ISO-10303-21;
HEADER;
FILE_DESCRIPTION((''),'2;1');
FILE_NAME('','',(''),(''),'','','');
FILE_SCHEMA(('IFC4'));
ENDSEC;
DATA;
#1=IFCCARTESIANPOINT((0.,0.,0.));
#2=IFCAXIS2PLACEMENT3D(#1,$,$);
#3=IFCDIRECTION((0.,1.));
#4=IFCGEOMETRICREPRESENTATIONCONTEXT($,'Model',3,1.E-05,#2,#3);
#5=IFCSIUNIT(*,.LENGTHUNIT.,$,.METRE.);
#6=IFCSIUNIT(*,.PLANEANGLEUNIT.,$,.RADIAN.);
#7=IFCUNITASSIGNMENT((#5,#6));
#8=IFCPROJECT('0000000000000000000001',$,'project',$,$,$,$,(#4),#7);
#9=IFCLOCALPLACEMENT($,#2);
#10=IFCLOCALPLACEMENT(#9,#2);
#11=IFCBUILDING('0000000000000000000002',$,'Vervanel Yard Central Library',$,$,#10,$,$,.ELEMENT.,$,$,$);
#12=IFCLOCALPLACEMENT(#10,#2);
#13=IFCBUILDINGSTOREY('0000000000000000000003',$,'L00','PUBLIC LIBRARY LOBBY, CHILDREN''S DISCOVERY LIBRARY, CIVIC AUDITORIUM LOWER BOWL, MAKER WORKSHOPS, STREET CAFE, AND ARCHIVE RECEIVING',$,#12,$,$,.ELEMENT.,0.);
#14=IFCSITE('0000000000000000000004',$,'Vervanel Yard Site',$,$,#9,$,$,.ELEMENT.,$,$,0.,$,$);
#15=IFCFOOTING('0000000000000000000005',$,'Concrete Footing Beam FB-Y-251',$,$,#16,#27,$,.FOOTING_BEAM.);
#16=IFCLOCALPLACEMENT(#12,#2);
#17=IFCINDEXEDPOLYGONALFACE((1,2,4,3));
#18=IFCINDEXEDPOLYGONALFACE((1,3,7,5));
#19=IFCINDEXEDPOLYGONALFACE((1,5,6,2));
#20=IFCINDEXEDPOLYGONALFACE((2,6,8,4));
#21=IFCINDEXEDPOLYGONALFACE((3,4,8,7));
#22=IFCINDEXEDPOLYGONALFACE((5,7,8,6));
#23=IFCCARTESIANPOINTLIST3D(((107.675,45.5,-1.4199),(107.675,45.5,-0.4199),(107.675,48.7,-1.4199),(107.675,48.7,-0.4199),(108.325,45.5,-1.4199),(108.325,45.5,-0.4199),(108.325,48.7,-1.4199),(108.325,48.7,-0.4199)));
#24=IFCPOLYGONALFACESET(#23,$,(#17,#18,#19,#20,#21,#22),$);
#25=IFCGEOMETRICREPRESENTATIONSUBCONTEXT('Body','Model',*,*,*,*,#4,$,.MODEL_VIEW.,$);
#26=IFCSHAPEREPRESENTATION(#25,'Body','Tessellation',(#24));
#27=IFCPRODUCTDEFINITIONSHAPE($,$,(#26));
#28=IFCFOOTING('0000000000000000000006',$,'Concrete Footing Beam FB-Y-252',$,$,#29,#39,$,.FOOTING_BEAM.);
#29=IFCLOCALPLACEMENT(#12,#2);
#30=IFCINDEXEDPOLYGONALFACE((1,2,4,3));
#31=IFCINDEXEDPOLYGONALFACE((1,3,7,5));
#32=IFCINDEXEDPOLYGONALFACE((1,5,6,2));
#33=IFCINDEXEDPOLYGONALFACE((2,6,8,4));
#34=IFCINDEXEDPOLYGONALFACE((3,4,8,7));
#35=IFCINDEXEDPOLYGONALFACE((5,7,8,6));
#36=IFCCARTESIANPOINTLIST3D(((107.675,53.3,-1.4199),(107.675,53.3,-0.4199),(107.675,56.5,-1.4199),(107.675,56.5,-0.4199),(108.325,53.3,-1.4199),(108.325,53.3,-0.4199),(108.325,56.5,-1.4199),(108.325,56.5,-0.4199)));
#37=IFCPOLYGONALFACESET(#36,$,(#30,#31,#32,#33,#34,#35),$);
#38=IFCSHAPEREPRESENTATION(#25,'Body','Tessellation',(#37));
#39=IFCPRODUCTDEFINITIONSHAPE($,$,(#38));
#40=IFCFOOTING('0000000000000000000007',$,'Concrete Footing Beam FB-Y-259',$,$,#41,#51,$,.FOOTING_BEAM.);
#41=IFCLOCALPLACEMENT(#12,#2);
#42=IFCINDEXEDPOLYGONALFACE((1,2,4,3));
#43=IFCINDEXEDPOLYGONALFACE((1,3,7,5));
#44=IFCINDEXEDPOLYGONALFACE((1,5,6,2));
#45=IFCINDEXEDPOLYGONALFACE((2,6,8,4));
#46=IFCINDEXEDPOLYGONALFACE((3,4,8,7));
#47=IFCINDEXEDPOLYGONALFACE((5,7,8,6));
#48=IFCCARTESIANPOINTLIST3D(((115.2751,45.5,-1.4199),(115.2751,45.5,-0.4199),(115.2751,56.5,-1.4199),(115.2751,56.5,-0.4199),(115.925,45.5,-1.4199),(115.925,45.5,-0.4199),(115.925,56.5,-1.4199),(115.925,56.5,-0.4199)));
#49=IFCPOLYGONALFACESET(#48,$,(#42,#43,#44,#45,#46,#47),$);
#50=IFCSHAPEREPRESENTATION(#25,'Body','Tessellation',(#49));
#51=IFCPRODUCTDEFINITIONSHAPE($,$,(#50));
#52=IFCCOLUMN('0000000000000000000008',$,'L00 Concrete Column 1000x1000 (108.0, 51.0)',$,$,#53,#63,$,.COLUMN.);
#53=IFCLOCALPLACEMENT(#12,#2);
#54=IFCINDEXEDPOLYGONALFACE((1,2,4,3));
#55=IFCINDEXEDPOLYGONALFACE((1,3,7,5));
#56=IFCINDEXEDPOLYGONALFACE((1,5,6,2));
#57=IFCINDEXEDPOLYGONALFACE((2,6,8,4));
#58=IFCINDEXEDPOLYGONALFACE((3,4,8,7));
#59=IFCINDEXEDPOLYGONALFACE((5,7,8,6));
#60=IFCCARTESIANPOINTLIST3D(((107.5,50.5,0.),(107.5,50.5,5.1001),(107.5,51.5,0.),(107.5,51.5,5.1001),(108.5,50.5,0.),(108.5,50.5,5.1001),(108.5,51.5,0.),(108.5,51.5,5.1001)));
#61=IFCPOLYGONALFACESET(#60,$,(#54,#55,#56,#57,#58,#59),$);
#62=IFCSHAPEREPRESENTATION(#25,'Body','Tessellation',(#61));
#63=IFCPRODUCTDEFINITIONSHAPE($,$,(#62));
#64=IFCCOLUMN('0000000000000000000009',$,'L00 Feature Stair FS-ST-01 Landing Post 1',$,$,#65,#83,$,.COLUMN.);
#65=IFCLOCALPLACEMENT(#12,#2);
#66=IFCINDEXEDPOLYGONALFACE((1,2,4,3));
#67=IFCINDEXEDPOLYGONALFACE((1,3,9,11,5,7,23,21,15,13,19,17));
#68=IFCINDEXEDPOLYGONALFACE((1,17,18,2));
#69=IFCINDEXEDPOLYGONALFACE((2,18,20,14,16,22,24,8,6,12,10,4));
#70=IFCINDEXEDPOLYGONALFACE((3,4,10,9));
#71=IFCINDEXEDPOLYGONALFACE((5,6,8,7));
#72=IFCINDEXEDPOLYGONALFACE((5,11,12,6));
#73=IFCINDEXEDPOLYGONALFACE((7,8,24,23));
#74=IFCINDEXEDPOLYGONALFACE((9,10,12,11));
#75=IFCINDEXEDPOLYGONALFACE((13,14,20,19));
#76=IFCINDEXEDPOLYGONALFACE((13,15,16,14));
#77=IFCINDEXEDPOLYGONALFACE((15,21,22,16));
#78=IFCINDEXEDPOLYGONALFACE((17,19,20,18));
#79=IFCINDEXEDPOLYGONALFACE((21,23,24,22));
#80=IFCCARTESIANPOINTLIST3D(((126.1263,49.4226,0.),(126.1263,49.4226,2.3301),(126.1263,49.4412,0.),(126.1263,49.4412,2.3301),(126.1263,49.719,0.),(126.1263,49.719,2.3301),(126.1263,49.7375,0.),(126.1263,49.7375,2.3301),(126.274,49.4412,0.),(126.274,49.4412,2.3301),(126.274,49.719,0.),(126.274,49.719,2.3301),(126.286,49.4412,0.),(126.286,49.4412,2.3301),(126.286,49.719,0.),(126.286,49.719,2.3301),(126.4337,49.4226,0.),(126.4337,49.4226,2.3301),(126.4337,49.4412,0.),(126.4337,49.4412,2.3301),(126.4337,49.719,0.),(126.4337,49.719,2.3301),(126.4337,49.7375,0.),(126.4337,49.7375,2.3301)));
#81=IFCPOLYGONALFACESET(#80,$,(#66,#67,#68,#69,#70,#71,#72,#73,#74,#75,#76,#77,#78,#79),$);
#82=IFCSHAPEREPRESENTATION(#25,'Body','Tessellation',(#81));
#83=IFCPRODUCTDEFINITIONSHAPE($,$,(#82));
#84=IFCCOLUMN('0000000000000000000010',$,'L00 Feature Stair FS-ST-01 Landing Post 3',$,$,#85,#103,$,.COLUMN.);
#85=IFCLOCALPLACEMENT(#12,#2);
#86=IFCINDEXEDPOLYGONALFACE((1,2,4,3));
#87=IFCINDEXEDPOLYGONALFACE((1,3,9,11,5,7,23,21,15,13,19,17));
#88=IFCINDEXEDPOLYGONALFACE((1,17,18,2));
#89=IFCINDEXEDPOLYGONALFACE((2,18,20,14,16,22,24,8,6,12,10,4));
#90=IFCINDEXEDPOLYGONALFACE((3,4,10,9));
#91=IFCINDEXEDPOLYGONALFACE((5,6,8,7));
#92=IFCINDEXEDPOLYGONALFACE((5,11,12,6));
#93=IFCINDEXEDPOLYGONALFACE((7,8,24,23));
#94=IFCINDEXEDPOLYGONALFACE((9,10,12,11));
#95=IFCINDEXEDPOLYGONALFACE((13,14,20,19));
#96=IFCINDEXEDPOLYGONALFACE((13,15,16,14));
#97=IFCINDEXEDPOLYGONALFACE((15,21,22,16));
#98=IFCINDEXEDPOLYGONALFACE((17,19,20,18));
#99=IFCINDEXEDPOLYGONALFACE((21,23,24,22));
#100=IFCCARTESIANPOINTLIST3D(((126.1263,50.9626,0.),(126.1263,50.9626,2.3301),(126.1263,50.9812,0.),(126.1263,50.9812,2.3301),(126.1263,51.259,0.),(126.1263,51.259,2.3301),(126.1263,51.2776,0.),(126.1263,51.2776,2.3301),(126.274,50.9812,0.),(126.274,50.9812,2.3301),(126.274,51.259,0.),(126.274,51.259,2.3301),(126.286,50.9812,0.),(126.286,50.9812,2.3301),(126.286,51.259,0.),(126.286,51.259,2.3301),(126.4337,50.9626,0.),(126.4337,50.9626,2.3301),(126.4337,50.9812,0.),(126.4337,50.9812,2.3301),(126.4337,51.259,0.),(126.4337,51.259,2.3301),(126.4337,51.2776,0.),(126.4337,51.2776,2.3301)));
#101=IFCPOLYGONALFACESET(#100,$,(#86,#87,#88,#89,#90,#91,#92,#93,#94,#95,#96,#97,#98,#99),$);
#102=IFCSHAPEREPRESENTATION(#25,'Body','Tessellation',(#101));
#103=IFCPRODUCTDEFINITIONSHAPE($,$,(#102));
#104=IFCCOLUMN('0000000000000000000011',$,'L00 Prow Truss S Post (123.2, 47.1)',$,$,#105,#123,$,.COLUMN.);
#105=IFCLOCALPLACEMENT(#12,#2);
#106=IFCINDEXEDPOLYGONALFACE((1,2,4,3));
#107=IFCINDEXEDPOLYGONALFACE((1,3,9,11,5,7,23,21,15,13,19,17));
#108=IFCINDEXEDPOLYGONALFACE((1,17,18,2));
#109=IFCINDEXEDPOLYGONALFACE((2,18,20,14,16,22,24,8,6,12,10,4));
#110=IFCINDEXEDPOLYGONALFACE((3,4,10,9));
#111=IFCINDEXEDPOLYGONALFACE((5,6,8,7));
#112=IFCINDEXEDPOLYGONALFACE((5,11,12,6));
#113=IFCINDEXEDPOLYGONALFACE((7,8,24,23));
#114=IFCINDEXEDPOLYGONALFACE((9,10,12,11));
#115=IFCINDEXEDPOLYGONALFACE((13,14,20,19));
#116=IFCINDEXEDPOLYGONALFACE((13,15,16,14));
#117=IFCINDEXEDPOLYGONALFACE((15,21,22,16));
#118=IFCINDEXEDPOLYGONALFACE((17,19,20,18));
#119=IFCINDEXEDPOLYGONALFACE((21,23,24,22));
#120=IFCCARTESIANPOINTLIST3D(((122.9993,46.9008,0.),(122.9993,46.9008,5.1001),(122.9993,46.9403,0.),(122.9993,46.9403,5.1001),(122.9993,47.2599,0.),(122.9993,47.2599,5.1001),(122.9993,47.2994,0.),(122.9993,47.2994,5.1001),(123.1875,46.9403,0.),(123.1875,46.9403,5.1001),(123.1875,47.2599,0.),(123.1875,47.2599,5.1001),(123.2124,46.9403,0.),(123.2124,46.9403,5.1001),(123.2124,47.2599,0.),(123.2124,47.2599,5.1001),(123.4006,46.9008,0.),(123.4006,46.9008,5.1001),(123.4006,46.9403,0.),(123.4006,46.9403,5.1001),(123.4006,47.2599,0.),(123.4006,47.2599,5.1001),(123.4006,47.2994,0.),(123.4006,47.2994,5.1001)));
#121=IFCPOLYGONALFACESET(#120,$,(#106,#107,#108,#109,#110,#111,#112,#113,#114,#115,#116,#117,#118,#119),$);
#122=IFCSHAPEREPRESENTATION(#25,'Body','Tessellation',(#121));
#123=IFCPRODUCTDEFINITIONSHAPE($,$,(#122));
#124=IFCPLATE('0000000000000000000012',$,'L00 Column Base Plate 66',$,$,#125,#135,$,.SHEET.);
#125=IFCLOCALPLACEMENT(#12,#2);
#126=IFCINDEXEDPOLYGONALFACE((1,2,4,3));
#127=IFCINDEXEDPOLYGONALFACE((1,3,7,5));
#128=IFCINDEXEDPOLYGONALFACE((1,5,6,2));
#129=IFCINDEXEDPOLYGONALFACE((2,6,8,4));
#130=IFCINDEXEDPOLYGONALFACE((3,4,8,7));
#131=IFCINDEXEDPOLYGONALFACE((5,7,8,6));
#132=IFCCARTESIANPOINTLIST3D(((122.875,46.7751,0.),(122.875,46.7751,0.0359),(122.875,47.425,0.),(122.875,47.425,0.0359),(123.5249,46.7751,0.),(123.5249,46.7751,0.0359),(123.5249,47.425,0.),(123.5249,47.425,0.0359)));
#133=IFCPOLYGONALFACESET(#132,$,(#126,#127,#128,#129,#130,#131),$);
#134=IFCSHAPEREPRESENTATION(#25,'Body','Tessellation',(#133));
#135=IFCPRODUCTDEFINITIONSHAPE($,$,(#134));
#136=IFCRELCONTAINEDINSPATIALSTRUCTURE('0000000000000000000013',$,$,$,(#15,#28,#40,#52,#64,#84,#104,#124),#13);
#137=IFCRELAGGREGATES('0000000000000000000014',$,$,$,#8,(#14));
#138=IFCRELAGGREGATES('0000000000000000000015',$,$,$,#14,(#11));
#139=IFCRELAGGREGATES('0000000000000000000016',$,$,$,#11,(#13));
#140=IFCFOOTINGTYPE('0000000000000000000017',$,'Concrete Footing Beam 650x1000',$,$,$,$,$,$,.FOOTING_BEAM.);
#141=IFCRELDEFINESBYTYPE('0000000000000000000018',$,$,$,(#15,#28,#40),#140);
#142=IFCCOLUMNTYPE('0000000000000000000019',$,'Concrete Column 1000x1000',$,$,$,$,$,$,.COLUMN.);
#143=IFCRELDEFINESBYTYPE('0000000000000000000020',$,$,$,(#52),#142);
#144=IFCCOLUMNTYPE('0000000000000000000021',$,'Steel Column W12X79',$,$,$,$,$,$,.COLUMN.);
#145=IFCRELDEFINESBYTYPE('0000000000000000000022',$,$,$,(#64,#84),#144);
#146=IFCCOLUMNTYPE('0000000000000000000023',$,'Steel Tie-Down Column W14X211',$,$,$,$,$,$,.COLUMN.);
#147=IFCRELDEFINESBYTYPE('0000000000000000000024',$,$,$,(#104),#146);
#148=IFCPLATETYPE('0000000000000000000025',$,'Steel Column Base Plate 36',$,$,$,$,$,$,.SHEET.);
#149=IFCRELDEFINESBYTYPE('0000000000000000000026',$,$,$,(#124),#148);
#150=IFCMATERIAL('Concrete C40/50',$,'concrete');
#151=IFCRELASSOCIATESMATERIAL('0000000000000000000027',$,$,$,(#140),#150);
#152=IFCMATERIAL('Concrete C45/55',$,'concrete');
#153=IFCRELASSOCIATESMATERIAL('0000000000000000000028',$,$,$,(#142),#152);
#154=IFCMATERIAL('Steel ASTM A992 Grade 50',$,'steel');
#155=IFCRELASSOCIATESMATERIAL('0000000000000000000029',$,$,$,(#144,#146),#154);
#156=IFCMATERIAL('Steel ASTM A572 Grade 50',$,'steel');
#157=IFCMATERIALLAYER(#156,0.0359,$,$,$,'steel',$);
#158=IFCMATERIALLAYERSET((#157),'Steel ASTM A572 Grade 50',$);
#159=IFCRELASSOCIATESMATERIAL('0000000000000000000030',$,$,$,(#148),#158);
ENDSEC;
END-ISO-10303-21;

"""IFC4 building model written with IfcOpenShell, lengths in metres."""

from ifc_helpers import new_model, si_unit, direction, frame, origin, origin_2d, place, context, subcontext, project, spatial, rectangle, i_section, extrude, material, layer, layer_set, material_profile, profile_set, type_object, element, save


model = new_model("IFC4")

# Units and contexts
model_context = context("Model", 3, precision=1e-05, world=origin(), true_north=direction((0.0, 1.0)))
body_context = subcontext(model_context, "Body", "Model", "MODEL_VIEW")
ifc_project = project(units=[si_unit("LENGTHUNIT", "METRE"), si_unit("PLANEANGLEUNIT", "RADIAN")], contexts=[model_context])

# Site, building, storey
site_placement = place(None, origin())
site = spatial("IfcSite", under=ifc_project, at=site_placement, Name="Vervanel Yard Site", CompositionType="ELEMENT", RefElevation=0.0)
building_placement = place(site_placement, origin())
building = spatial("IfcBuilding", under=site, at=building_placement, Name="Vervanel Yard Central Library", CompositionType="ELEMENT")
storey_placement = place(building_placement, origin())
storey = spatial("IfcBuildingStorey", under=building, at=storey_placement, Name="L00", Description="PUBLIC LIBRARY LOBBY, CHILDREN'S DISCOVERY LIBRARY, CIVIC AUDITORIUM LOWER BOWL, MAKER WORKSHOPS, STREET CAFE, AND ARCHIVE RECEIVING", CompositionType="ELEMENT", Elevation=0.0)

# Shared definitions
ifc_material_1 = material(Name="Concrete C40/50", Category="concrete")

# Footings
ifc_material_profile_1 = material_profile(ifc_material_1, rectangle(XDim=0.6499, YDim=1.0, at=origin_2d()), Name="RC 650x1000", Category="concrete")
ifc_profile_set_1 = profile_set([ifc_material_profile_1], Name="Concrete C40/50")
footing_type_1 = type_object("IfcFootingType", Name="Concrete Footing Beam 650x1000", PredefinedType="FOOTING_BEAM", material=ifc_profile_set_1)
for number, where, z_axis, x_axis, name in (
    (1, (108.0, 45.5, -0.9199), (0.0, 1.0, 0.0), (-1.0, 0.0, 0.0), "Concrete Footing Beam FB-Y-251"),
    (2, (108.0, 53.3, -0.9199), (0.0, 1.0, 0.0), (-1.0, 0.0, 0.0), "Concrete Footing Beam FB-Y-252"),
):
    element("IfcFooting", number, at=place(storey_placement, frame(where, z_axis=z_axis, x_axis=x_axis)), inside=storey, type_object=footing_type_1, Name=name, PredefinedType="FOOTING_BEAM", context=body_context, shape_type="SweptSolid", body=[
        extrude(rectangle(XDim=0.6499, YDim=1.0, at=origin_2d()), origin(), (0.0, 0.0, 1.0), 3.2),
    ])
footing_1_placement = place(storey_placement, frame((115.6001, 45.5, -0.9199), z_axis=(0.0, 1.0, 0.0), x_axis=(-1.0, 0.0, 0.0)))
element("IfcFooting", 3, at=footing_1_placement, inside=storey, type_object=footing_type_1, Name="Concrete Footing Beam FB-Y-259", PredefinedType="FOOTING_BEAM", context=body_context, shape_type="SweptSolid", body=[
    extrude(rectangle(XDim=0.6499, YDim=1.0, at=origin_2d()), origin(), (0.0, 0.0, 1.0), 11.0),
])

# Columns
ifc_material_2 = material(Name="Concrete C45/55", Category="concrete")
ifc_material_profile_2 = material_profile(ifc_material_2, rectangle(XDim=1.0, YDim=1.0, at=origin_2d()), Name="RC 1000x1000", Category="concrete")
ifc_profile_set_2 = profile_set([ifc_material_profile_2], Name="Concrete C45/55")
column_type_1 = type_object("IfcColumnType", Name="Concrete Column 1000x1000", PredefinedType="COLUMN", material=ifc_profile_set_2)
column_1_placement = place(storey_placement, frame((108.0, 51.0, 0.0), z_axis=(0.0, 0.0, 1.0), x_axis=(1.0, 0.0, 0.0)))
element("IfcColumn", 4, at=column_1_placement, inside=storey, type_object=column_type_1, Name="L00 Concrete Column 1000x1000 (108.0, 51.0)", PredefinedType="COLUMN", context=body_context, shape_type="SweptSolid", body=[
    extrude(rectangle(XDim=1.0, YDim=1.0, at=origin_2d()), origin(), (0.0, 0.0, 1.0), 5.1001),
])
ifc_material_3 = material(Name="Steel ASTM A992 Grade 50", Category="steel")
ifc_material_profile_3 = material_profile(ifc_material_3, i_section(OverallWidth=0.3074, OverallDepth=0.3149, WebThickness=0.012, FlangeThickness=0.0186, at=origin_2d()), Name="W12X79", Category="steel")
ifc_profile_set_3 = profile_set([ifc_material_profile_3], Name="Steel ASTM A992 Grade 50")
column_type_2 = type_object("IfcColumnType", Name="Steel Column W12X79", PredefinedType="COLUMN", material=ifc_profile_set_3)
for number, where, z_axis, x_axis, name in (
    (5, (126.28, 49.5801, 0.0), (0.0, 0.0, 1.0), (1.0, 0.0, 0.0), "L00 Feature Stair FS-ST-01 Landing Post 1"),
    (6, (126.28, 51.1201, 0.0), (0.0, 0.0, 1.0), (1.0, 0.0, 0.0), "L00 Feature Stair FS-ST-01 Landing Post 3"),
):
    element("IfcColumn", number, at=place(storey_placement, frame(where, z_axis=z_axis, x_axis=x_axis)), inside=storey, type_object=column_type_2, Name=name, PredefinedType="COLUMN", context=body_context, shape_type="SweptSolid", body=[
        extrude(i_section(OverallWidth=0.3074, OverallDepth=0.3149, WebThickness=0.012, FlangeThickness=0.0186, at=origin_2d()), origin(), (0.0, 0.0, 1.0), 2.3301),
    ])
ifc_material_profile_4 = material_profile(ifc_material_3, i_section(OverallWidth=0.4014, OverallDepth=0.3987, WebThickness=0.0249, FlangeThickness=0.0396, at=origin_2d()), Name="W14X211", Category="steel")
ifc_profile_set_4 = profile_set([ifc_material_profile_4], Name="Steel ASTM A992 Grade 50")
column_type_3 = type_object("IfcColumnType", Name="Steel Tie-Down Column W14X211", PredefinedType="COLUMN", material=ifc_profile_set_4)
column_2_placement = place(storey_placement, frame((123.2, 47.1001, 0.0), z_axis=(0.0, 0.0, 1.0), x_axis=(1.0, 0.0, 0.0)))
element("IfcColumn", 7, at=column_2_placement, inside=storey, type_object=column_type_3, Name="L00 Prow Truss S Post (123.2, 47.1)", PredefinedType="COLUMN", context=body_context, shape_type="SweptSolid", body=[
    extrude(i_section(OverallWidth=0.4014, OverallDepth=0.3987, WebThickness=0.0249, FlangeThickness=0.0396, at=origin_2d()), origin(), (0.0, 0.0, 1.0), 5.1001),
])

# Plate
ifc_material_4 = material(Name="Steel ASTM A572 Grade 50", Category="steel")
ifc_layer = layer(ifc_material_4, 0.0359, Category="steel")
ifc_layer_set = layer_set([ifc_layer], Name="Steel ASTM A572 Grade 50")
plate_type = type_object("IfcPlateType", Name="Steel Column Base Plate 36", PredefinedType="SHEET", material=ifc_layer_set)
plate_placement = place(storey_placement, frame((123.2, 47.1001, 0.0), z_axis=(0.0, 0.0, 1.0), x_axis=(1.0, 0.0, 0.0)))
element("IfcPlate", 8, at=plate_placement, inside=storey, type_object=plate_type, Name="L00 Column Base Plate 66", PredefinedType="SHEET", context=body_context, shape_type="SweptSolid", body=[
    extrude(rectangle(XDim=0.6499, YDim=0.6499, at=origin_2d()), origin(), (0.0, 0.0, 1.0), 0.0359),
])

save(model, "model.ifc")
